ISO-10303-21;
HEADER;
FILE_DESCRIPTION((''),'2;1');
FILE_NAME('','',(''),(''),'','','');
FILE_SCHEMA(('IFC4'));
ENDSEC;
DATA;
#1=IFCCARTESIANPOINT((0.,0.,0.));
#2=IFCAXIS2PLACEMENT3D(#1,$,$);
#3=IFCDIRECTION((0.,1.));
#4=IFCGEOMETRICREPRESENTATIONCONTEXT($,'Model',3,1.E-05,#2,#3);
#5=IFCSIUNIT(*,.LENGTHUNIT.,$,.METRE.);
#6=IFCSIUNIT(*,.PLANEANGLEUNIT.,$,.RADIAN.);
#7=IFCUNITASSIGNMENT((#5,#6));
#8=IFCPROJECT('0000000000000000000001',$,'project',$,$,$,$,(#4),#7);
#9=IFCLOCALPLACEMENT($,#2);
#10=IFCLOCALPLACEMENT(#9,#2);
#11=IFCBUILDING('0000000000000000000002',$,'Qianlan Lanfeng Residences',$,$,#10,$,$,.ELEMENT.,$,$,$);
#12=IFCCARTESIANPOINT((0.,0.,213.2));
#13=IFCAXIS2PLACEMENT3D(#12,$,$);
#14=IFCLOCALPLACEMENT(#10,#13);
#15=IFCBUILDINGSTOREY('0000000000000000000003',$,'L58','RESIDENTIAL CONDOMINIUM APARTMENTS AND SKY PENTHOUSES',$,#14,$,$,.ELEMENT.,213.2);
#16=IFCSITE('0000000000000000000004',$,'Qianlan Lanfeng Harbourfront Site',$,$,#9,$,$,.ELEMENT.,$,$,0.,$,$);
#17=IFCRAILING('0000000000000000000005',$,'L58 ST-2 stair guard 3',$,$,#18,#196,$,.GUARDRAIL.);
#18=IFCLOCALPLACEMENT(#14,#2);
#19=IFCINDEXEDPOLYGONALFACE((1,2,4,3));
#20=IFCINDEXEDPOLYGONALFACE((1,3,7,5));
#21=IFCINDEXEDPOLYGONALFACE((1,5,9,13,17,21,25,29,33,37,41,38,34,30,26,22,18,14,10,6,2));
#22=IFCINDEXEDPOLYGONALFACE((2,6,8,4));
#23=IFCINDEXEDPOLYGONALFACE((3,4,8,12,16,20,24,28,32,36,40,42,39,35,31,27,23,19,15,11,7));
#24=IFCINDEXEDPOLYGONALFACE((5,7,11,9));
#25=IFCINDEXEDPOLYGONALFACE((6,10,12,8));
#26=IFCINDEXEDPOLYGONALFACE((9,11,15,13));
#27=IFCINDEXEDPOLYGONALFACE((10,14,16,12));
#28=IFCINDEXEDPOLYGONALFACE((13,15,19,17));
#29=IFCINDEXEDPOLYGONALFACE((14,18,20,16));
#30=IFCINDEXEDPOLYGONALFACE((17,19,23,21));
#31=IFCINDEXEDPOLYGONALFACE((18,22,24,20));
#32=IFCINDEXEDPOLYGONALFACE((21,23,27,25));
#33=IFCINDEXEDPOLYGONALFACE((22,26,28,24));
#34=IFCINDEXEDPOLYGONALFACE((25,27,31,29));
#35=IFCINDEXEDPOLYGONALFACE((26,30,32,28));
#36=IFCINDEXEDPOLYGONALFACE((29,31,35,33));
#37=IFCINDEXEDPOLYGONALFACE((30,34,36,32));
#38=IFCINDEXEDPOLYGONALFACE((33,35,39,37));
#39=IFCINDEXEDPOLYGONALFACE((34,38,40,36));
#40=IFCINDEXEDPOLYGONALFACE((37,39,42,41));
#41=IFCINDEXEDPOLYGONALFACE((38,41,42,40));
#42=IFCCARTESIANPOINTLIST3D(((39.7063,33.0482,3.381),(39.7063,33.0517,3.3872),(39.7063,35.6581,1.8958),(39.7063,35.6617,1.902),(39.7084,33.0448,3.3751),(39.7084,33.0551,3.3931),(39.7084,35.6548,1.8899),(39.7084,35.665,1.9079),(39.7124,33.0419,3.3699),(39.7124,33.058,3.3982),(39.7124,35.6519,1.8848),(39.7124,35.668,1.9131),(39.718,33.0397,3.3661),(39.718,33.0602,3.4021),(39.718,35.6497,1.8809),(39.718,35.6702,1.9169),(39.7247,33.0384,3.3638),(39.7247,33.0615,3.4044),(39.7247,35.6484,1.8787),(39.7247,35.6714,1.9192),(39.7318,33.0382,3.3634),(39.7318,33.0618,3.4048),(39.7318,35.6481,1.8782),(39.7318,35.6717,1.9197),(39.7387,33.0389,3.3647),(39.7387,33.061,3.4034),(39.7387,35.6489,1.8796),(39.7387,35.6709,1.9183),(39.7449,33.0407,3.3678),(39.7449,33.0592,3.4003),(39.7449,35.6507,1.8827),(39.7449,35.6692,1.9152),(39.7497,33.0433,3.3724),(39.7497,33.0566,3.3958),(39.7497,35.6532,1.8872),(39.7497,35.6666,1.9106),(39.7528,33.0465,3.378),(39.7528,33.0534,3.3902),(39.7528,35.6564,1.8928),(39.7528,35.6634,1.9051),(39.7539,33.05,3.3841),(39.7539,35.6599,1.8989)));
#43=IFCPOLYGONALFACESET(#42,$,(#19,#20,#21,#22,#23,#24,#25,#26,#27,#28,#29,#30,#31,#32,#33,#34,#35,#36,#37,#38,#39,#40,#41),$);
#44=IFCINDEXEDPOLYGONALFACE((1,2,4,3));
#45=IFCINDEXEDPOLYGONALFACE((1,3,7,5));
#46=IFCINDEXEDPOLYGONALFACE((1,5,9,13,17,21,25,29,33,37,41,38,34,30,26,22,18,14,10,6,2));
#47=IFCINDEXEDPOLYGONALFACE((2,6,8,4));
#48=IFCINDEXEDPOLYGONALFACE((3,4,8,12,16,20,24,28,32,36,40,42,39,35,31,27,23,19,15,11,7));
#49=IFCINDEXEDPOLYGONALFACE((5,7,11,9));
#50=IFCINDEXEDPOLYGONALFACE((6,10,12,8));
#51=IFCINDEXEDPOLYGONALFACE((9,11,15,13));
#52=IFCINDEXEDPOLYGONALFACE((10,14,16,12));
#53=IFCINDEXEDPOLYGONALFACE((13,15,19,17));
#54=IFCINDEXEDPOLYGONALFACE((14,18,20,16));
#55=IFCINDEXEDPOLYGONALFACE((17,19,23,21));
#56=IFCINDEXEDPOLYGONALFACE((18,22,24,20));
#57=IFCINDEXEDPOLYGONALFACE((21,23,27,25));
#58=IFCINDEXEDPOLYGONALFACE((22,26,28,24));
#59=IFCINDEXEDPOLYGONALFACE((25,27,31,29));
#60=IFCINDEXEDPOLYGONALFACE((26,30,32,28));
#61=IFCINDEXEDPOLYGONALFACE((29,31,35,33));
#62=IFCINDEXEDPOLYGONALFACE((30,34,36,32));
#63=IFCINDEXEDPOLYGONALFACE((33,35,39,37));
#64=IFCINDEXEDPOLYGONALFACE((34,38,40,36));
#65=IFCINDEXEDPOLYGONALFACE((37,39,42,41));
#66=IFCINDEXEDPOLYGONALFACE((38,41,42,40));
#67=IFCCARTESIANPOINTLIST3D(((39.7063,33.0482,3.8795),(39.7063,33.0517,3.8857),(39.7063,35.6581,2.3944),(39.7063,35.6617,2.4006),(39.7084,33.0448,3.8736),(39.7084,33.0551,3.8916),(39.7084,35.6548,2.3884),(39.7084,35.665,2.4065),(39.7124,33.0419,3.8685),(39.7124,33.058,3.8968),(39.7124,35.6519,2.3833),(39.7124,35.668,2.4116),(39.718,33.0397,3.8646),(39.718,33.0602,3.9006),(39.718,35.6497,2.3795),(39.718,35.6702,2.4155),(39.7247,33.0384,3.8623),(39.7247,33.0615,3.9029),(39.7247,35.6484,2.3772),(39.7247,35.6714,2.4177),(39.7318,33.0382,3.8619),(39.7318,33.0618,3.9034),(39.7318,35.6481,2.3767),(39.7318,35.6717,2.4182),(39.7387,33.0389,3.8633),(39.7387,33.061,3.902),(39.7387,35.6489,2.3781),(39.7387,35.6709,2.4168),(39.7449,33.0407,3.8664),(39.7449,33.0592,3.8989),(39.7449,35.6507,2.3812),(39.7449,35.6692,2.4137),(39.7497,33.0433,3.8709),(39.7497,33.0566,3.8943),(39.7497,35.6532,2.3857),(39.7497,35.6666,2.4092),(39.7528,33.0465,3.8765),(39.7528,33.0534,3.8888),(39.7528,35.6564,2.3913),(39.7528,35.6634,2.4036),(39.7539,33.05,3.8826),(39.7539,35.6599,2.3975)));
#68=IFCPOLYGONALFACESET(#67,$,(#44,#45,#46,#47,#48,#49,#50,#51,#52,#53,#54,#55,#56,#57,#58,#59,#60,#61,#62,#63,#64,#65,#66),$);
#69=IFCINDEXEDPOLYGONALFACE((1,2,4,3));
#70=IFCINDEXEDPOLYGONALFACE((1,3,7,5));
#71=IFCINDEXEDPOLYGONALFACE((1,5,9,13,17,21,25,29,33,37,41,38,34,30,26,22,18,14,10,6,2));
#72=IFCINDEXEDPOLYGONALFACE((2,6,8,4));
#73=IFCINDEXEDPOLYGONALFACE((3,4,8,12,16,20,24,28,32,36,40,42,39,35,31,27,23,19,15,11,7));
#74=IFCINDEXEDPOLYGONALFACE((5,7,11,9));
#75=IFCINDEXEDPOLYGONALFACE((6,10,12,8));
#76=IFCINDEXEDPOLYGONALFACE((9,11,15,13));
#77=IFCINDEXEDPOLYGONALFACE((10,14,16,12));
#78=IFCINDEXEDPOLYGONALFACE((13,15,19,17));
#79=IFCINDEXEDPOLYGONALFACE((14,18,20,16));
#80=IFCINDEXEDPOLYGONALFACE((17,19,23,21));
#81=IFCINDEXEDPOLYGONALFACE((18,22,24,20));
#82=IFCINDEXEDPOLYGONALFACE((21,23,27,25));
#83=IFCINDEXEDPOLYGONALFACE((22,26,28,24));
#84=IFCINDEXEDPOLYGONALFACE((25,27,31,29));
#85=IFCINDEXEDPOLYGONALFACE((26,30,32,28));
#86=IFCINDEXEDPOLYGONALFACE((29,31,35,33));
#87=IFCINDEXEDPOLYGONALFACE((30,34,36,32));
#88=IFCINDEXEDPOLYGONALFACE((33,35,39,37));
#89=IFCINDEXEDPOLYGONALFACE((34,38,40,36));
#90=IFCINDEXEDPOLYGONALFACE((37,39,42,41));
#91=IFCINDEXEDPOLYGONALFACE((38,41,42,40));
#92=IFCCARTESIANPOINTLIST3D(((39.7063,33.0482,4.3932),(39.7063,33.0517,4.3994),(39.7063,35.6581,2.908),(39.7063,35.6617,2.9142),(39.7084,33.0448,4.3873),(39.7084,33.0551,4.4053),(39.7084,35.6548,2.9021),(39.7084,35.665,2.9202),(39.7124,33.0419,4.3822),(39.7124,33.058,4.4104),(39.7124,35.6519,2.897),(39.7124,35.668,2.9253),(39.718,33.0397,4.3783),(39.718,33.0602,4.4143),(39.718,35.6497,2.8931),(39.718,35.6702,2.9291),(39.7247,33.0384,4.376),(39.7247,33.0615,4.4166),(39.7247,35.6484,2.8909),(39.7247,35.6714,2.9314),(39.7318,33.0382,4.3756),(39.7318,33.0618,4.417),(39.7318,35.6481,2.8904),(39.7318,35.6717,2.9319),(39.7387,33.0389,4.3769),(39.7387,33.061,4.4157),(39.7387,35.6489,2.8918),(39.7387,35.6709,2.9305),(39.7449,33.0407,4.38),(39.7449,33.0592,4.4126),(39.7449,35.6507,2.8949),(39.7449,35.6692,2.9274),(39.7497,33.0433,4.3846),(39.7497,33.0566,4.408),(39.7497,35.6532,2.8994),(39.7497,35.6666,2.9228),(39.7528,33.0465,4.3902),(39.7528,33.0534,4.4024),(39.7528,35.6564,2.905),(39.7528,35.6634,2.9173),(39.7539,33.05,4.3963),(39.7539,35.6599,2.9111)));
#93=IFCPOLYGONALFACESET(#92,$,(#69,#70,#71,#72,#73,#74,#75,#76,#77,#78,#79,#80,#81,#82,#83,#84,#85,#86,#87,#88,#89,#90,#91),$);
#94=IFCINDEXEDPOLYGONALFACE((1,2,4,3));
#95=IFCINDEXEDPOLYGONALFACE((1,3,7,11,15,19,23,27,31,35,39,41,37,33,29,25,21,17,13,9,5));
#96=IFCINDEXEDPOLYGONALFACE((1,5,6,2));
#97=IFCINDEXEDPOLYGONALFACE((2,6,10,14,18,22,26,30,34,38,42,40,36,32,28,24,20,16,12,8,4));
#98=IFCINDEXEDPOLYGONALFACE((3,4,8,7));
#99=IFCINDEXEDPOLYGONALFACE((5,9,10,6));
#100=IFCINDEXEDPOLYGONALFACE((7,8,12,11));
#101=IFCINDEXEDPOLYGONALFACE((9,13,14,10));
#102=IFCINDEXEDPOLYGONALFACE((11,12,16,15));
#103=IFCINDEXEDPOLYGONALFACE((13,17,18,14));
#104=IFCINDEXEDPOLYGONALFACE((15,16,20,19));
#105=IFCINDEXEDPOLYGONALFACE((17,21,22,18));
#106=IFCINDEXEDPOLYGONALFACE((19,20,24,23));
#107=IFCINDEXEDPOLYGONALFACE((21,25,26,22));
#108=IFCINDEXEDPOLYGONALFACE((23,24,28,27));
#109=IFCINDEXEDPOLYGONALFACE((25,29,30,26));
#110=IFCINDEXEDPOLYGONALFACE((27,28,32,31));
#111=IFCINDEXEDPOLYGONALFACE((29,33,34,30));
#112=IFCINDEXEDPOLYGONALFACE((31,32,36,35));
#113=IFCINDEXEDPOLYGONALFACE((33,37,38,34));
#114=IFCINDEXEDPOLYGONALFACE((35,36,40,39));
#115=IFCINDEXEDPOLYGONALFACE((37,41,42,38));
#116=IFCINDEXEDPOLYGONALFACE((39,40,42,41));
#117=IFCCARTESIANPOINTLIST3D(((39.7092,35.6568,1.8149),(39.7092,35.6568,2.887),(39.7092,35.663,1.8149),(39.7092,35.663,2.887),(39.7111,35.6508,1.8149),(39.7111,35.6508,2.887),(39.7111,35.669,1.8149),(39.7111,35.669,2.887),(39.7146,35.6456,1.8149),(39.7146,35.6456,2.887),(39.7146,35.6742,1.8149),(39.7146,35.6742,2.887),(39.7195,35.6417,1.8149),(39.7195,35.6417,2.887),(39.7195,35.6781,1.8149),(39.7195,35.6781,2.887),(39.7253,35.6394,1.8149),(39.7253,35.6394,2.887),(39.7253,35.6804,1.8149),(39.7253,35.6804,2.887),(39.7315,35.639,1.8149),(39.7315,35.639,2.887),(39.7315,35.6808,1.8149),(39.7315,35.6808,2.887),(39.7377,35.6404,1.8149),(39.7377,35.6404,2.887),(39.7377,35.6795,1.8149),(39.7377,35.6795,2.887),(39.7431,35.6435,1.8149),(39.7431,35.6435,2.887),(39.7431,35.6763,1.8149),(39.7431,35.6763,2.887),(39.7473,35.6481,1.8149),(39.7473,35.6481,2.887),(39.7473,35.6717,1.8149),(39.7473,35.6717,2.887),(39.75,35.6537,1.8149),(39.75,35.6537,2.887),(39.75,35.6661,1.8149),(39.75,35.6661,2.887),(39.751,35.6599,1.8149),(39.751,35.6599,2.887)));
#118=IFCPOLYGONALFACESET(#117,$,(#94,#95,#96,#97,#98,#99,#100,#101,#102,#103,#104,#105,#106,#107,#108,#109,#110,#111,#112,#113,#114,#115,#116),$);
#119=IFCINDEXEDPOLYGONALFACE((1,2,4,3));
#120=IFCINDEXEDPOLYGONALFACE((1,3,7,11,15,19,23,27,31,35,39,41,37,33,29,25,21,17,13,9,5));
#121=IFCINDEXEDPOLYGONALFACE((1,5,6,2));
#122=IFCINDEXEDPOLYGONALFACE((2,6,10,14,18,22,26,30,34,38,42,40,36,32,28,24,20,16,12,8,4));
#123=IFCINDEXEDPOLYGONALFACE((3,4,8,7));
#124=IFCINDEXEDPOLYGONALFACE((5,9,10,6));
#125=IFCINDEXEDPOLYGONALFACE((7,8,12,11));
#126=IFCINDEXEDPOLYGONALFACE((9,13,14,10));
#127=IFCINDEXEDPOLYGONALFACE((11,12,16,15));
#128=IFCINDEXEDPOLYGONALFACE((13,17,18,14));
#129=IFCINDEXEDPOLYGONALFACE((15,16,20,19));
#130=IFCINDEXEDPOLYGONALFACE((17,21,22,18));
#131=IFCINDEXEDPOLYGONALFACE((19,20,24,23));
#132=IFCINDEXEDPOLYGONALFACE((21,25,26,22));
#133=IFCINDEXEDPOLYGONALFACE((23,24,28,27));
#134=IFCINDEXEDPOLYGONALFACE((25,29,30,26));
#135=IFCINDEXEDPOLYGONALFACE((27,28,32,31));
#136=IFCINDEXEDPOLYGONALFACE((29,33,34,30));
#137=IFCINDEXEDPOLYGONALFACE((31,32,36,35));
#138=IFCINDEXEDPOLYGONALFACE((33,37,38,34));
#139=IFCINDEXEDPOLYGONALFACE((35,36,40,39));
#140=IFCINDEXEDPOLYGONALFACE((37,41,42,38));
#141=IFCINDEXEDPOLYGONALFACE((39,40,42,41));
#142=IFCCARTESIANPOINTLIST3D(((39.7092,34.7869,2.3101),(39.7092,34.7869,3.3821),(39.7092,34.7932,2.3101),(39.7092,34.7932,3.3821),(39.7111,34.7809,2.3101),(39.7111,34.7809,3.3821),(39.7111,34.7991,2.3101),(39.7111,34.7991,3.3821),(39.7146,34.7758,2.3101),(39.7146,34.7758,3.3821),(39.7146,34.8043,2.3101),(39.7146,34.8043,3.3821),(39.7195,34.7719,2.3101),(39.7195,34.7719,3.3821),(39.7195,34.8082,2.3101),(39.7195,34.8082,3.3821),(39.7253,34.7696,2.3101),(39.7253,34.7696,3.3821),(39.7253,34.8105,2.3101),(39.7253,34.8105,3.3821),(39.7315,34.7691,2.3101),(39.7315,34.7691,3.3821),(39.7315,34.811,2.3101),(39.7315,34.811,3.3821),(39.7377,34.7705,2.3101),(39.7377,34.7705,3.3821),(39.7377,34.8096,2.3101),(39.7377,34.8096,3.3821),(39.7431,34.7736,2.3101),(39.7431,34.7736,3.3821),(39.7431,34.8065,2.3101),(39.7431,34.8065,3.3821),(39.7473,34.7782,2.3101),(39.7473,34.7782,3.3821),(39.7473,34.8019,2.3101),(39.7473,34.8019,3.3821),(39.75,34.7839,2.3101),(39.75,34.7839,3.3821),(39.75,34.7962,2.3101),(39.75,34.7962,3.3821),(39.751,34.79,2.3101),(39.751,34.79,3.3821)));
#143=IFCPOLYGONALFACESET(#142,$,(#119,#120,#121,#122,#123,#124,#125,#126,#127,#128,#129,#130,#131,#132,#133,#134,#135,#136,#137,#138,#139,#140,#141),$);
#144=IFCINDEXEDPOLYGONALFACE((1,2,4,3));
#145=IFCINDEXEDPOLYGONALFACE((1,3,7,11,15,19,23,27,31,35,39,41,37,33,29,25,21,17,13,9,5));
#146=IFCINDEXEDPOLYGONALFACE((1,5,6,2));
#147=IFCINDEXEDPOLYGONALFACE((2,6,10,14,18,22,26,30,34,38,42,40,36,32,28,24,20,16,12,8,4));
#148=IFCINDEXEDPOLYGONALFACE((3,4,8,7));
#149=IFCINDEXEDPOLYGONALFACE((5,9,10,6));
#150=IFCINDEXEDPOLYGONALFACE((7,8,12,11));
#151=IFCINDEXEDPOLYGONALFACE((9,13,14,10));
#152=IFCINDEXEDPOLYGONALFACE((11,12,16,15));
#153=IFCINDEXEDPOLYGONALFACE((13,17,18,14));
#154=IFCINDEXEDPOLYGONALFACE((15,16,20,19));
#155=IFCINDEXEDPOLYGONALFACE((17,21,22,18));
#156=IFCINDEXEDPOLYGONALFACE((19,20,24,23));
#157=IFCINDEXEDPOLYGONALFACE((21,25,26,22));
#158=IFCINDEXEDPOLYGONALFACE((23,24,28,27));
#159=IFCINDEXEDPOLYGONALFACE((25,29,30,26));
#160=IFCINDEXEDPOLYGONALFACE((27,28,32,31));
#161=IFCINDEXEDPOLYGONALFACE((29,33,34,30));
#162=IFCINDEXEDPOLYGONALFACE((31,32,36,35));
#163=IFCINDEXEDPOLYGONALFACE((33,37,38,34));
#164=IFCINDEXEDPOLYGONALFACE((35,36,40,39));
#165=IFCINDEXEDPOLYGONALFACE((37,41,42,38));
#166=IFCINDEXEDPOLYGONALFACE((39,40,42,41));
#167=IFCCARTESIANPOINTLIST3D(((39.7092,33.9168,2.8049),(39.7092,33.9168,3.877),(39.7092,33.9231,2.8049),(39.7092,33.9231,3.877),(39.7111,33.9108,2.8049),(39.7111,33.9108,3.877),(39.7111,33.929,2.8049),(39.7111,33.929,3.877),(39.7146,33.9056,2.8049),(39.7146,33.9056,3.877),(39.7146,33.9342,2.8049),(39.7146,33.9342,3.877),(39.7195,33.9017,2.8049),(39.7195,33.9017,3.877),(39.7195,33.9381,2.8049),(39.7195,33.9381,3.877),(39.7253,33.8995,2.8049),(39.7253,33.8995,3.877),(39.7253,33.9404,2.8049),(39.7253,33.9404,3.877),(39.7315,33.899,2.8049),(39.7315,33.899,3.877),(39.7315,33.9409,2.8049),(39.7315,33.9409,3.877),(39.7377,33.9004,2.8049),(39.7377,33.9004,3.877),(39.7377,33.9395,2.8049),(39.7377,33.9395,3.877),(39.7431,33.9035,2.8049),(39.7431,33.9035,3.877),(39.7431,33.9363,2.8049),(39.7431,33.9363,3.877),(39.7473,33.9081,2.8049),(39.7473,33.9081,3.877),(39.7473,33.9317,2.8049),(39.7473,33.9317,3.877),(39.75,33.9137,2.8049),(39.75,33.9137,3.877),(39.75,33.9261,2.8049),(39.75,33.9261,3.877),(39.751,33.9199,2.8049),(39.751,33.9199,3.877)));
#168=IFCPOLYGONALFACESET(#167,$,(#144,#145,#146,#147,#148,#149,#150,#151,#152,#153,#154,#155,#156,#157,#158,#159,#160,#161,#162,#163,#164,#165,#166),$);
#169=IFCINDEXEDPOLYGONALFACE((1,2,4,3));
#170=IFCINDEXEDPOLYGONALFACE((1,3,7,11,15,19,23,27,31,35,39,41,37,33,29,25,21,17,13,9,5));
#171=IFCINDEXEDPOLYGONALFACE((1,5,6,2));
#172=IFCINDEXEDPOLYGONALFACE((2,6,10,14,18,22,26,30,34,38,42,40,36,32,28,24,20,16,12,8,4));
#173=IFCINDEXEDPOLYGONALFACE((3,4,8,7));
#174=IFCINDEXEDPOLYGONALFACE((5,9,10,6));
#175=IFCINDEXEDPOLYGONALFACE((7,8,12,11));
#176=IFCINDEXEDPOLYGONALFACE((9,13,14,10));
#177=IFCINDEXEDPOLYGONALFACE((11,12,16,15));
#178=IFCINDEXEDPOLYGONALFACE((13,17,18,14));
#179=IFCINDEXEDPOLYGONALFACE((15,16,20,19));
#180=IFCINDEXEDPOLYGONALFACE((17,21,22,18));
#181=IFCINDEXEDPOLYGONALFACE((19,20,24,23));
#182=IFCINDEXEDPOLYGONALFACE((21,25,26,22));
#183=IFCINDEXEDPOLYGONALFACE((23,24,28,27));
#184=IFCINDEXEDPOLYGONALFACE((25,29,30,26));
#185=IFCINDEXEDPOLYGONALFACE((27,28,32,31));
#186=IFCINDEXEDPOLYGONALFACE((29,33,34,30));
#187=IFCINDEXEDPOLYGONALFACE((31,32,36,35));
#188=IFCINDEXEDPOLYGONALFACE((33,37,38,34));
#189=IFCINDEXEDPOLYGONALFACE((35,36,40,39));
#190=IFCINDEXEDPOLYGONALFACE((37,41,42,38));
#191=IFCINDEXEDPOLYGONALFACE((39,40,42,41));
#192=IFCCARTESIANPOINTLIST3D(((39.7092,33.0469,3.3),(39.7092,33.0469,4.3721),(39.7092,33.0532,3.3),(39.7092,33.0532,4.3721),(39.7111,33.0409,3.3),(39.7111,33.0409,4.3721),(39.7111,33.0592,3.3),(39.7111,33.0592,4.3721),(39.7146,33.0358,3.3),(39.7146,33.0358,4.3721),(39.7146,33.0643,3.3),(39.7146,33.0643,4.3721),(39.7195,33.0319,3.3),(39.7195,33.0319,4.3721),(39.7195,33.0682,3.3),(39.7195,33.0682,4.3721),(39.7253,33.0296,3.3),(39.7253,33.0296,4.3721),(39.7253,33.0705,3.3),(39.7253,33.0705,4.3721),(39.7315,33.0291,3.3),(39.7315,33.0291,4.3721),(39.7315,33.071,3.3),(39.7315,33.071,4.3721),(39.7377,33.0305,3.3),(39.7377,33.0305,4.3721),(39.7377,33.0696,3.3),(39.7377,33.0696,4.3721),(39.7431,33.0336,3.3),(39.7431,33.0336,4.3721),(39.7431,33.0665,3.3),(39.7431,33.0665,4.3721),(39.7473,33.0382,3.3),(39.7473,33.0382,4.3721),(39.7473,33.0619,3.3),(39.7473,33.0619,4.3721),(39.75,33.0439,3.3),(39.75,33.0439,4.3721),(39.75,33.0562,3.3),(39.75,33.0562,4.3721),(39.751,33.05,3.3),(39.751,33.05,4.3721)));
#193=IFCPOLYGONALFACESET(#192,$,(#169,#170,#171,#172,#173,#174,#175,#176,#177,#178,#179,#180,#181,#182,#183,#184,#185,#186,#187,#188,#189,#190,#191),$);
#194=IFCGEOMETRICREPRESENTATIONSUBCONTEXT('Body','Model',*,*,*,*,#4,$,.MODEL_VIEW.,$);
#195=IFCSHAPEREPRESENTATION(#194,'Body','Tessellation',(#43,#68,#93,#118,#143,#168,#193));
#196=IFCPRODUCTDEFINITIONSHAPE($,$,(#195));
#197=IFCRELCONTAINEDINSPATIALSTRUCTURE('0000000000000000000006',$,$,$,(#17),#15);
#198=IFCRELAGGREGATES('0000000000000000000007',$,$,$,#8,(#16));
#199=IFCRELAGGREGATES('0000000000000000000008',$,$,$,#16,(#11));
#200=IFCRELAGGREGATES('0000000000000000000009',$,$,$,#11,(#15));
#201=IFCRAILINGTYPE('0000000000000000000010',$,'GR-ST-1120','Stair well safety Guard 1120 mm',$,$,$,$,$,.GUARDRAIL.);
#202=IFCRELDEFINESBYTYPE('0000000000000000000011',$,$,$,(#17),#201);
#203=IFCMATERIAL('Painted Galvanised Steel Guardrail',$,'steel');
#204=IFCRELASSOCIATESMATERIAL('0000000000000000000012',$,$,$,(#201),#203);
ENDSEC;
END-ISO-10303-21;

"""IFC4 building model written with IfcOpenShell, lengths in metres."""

from ifc_helpers import new_model, si_unit, direction, frame, origin, origin_2d, place, context, subcontext, project, spatial, circle, extrude, material, type_object, element, save


model = new_model("IFC4")

# Units and contexts
model_context = context("Model", 3, precision=1e-05, world=origin(), true_north=direction((0.0, 1.0)))
body_context = subcontext(model_context, "Body", "Model", "MODEL_VIEW")
ifc_project = project(units=[si_unit("LENGTHUNIT", "METRE"), si_unit("PLANEANGLEUNIT", "RADIAN")], contexts=[model_context])

# Site, building, storey
site_placement = place(None, origin())
site = spatial("IfcSite", under=ifc_project, at=site_placement, Name="Qianlan Lanfeng Harbourfront Site", CompositionType="ELEMENT", RefElevation=0.0)
building_placement = place(site_placement, origin())
building = spatial("IfcBuilding", under=site, at=building_placement, Name="Qianlan Lanfeng Residences", CompositionType="ELEMENT")
storey_placement = place(building_placement, frame((0.0, 0.0, 213.2)))
storey = spatial("IfcBuildingStorey", under=building, at=storey_placement, Name="L58", Description="RESIDENTIAL CONDOMINIUM APARTMENTS AND SKY PENTHOUSES", CompositionType="ELEMENT", Elevation=213.2)

# Railing
ifc_material_1 = material(Name="Painted Galvanised Steel Guardrail", Category="steel")
railing_type_1 = type_object("IfcRailingType", Name="GR-ST-1120", Description="Stair well safety Guard 1120 mm", PredefinedType="GUARDRAIL", material=ifc_material_1)
railing_1_placement = place(storey_placement, frame((39.73, 35.6599, 1.8149)))
element("IfcRailing", 1, at=railing_1_placement, inside=storey, type_object=railing_type_1, Name="L58 ST-2 stair guard 3", PredefinedType="GUARDRAIL", context=body_context, shape_type="SweptSolid", body=[
    extrude(circle(Radius=0.0239, at=origin_2d()), frame((0.0, 0.0, 0.084), z_axis=(0.0, -0.869137, 0.494571), x_axis=(1.0, 0.0, 0.0)), (0.0, 0.0, 1.0), 3.0029),
    extrude(circle(Radius=0.0239, at=origin_2d()), frame((0.0, 0.0, 0.5825), z_axis=(0.0, -0.869137, 0.494571), x_axis=(1.0, 0.0, 0.0)), (0.0, 0.0, 1.0), 3.0029),
    extrude(circle(Radius=0.0239, at=origin_2d()), frame((0.0, 0.0, 1.0962), z_axis=(0.0, -0.869137, 0.494571), x_axis=(1.0, 0.0, 0.0)), (0.0, 0.0, 1.0), 3.0029),
    extrude(circle(Radius=0.021, at=origin_2d()), origin(), (0.0, 0.0, 1.0), 1.072),
    extrude(circle(Radius=0.021, at=origin_2d()), frame((0.0, -0.8699, 0.4951)), (0.0, 0.0, 1.0), 1.072),
    extrude(circle(Radius=0.021, at=origin_2d()), frame((0.0, -1.74, 0.99)), (0.0, 0.0, 1.0), 1.072),
    extrude(circle(Radius=0.021, at=origin_2d()), frame((0.0, -2.6099, 1.4851)), (0.0, 0.0, 1.0), 1.072),
])

save(model, "model.ifc")
